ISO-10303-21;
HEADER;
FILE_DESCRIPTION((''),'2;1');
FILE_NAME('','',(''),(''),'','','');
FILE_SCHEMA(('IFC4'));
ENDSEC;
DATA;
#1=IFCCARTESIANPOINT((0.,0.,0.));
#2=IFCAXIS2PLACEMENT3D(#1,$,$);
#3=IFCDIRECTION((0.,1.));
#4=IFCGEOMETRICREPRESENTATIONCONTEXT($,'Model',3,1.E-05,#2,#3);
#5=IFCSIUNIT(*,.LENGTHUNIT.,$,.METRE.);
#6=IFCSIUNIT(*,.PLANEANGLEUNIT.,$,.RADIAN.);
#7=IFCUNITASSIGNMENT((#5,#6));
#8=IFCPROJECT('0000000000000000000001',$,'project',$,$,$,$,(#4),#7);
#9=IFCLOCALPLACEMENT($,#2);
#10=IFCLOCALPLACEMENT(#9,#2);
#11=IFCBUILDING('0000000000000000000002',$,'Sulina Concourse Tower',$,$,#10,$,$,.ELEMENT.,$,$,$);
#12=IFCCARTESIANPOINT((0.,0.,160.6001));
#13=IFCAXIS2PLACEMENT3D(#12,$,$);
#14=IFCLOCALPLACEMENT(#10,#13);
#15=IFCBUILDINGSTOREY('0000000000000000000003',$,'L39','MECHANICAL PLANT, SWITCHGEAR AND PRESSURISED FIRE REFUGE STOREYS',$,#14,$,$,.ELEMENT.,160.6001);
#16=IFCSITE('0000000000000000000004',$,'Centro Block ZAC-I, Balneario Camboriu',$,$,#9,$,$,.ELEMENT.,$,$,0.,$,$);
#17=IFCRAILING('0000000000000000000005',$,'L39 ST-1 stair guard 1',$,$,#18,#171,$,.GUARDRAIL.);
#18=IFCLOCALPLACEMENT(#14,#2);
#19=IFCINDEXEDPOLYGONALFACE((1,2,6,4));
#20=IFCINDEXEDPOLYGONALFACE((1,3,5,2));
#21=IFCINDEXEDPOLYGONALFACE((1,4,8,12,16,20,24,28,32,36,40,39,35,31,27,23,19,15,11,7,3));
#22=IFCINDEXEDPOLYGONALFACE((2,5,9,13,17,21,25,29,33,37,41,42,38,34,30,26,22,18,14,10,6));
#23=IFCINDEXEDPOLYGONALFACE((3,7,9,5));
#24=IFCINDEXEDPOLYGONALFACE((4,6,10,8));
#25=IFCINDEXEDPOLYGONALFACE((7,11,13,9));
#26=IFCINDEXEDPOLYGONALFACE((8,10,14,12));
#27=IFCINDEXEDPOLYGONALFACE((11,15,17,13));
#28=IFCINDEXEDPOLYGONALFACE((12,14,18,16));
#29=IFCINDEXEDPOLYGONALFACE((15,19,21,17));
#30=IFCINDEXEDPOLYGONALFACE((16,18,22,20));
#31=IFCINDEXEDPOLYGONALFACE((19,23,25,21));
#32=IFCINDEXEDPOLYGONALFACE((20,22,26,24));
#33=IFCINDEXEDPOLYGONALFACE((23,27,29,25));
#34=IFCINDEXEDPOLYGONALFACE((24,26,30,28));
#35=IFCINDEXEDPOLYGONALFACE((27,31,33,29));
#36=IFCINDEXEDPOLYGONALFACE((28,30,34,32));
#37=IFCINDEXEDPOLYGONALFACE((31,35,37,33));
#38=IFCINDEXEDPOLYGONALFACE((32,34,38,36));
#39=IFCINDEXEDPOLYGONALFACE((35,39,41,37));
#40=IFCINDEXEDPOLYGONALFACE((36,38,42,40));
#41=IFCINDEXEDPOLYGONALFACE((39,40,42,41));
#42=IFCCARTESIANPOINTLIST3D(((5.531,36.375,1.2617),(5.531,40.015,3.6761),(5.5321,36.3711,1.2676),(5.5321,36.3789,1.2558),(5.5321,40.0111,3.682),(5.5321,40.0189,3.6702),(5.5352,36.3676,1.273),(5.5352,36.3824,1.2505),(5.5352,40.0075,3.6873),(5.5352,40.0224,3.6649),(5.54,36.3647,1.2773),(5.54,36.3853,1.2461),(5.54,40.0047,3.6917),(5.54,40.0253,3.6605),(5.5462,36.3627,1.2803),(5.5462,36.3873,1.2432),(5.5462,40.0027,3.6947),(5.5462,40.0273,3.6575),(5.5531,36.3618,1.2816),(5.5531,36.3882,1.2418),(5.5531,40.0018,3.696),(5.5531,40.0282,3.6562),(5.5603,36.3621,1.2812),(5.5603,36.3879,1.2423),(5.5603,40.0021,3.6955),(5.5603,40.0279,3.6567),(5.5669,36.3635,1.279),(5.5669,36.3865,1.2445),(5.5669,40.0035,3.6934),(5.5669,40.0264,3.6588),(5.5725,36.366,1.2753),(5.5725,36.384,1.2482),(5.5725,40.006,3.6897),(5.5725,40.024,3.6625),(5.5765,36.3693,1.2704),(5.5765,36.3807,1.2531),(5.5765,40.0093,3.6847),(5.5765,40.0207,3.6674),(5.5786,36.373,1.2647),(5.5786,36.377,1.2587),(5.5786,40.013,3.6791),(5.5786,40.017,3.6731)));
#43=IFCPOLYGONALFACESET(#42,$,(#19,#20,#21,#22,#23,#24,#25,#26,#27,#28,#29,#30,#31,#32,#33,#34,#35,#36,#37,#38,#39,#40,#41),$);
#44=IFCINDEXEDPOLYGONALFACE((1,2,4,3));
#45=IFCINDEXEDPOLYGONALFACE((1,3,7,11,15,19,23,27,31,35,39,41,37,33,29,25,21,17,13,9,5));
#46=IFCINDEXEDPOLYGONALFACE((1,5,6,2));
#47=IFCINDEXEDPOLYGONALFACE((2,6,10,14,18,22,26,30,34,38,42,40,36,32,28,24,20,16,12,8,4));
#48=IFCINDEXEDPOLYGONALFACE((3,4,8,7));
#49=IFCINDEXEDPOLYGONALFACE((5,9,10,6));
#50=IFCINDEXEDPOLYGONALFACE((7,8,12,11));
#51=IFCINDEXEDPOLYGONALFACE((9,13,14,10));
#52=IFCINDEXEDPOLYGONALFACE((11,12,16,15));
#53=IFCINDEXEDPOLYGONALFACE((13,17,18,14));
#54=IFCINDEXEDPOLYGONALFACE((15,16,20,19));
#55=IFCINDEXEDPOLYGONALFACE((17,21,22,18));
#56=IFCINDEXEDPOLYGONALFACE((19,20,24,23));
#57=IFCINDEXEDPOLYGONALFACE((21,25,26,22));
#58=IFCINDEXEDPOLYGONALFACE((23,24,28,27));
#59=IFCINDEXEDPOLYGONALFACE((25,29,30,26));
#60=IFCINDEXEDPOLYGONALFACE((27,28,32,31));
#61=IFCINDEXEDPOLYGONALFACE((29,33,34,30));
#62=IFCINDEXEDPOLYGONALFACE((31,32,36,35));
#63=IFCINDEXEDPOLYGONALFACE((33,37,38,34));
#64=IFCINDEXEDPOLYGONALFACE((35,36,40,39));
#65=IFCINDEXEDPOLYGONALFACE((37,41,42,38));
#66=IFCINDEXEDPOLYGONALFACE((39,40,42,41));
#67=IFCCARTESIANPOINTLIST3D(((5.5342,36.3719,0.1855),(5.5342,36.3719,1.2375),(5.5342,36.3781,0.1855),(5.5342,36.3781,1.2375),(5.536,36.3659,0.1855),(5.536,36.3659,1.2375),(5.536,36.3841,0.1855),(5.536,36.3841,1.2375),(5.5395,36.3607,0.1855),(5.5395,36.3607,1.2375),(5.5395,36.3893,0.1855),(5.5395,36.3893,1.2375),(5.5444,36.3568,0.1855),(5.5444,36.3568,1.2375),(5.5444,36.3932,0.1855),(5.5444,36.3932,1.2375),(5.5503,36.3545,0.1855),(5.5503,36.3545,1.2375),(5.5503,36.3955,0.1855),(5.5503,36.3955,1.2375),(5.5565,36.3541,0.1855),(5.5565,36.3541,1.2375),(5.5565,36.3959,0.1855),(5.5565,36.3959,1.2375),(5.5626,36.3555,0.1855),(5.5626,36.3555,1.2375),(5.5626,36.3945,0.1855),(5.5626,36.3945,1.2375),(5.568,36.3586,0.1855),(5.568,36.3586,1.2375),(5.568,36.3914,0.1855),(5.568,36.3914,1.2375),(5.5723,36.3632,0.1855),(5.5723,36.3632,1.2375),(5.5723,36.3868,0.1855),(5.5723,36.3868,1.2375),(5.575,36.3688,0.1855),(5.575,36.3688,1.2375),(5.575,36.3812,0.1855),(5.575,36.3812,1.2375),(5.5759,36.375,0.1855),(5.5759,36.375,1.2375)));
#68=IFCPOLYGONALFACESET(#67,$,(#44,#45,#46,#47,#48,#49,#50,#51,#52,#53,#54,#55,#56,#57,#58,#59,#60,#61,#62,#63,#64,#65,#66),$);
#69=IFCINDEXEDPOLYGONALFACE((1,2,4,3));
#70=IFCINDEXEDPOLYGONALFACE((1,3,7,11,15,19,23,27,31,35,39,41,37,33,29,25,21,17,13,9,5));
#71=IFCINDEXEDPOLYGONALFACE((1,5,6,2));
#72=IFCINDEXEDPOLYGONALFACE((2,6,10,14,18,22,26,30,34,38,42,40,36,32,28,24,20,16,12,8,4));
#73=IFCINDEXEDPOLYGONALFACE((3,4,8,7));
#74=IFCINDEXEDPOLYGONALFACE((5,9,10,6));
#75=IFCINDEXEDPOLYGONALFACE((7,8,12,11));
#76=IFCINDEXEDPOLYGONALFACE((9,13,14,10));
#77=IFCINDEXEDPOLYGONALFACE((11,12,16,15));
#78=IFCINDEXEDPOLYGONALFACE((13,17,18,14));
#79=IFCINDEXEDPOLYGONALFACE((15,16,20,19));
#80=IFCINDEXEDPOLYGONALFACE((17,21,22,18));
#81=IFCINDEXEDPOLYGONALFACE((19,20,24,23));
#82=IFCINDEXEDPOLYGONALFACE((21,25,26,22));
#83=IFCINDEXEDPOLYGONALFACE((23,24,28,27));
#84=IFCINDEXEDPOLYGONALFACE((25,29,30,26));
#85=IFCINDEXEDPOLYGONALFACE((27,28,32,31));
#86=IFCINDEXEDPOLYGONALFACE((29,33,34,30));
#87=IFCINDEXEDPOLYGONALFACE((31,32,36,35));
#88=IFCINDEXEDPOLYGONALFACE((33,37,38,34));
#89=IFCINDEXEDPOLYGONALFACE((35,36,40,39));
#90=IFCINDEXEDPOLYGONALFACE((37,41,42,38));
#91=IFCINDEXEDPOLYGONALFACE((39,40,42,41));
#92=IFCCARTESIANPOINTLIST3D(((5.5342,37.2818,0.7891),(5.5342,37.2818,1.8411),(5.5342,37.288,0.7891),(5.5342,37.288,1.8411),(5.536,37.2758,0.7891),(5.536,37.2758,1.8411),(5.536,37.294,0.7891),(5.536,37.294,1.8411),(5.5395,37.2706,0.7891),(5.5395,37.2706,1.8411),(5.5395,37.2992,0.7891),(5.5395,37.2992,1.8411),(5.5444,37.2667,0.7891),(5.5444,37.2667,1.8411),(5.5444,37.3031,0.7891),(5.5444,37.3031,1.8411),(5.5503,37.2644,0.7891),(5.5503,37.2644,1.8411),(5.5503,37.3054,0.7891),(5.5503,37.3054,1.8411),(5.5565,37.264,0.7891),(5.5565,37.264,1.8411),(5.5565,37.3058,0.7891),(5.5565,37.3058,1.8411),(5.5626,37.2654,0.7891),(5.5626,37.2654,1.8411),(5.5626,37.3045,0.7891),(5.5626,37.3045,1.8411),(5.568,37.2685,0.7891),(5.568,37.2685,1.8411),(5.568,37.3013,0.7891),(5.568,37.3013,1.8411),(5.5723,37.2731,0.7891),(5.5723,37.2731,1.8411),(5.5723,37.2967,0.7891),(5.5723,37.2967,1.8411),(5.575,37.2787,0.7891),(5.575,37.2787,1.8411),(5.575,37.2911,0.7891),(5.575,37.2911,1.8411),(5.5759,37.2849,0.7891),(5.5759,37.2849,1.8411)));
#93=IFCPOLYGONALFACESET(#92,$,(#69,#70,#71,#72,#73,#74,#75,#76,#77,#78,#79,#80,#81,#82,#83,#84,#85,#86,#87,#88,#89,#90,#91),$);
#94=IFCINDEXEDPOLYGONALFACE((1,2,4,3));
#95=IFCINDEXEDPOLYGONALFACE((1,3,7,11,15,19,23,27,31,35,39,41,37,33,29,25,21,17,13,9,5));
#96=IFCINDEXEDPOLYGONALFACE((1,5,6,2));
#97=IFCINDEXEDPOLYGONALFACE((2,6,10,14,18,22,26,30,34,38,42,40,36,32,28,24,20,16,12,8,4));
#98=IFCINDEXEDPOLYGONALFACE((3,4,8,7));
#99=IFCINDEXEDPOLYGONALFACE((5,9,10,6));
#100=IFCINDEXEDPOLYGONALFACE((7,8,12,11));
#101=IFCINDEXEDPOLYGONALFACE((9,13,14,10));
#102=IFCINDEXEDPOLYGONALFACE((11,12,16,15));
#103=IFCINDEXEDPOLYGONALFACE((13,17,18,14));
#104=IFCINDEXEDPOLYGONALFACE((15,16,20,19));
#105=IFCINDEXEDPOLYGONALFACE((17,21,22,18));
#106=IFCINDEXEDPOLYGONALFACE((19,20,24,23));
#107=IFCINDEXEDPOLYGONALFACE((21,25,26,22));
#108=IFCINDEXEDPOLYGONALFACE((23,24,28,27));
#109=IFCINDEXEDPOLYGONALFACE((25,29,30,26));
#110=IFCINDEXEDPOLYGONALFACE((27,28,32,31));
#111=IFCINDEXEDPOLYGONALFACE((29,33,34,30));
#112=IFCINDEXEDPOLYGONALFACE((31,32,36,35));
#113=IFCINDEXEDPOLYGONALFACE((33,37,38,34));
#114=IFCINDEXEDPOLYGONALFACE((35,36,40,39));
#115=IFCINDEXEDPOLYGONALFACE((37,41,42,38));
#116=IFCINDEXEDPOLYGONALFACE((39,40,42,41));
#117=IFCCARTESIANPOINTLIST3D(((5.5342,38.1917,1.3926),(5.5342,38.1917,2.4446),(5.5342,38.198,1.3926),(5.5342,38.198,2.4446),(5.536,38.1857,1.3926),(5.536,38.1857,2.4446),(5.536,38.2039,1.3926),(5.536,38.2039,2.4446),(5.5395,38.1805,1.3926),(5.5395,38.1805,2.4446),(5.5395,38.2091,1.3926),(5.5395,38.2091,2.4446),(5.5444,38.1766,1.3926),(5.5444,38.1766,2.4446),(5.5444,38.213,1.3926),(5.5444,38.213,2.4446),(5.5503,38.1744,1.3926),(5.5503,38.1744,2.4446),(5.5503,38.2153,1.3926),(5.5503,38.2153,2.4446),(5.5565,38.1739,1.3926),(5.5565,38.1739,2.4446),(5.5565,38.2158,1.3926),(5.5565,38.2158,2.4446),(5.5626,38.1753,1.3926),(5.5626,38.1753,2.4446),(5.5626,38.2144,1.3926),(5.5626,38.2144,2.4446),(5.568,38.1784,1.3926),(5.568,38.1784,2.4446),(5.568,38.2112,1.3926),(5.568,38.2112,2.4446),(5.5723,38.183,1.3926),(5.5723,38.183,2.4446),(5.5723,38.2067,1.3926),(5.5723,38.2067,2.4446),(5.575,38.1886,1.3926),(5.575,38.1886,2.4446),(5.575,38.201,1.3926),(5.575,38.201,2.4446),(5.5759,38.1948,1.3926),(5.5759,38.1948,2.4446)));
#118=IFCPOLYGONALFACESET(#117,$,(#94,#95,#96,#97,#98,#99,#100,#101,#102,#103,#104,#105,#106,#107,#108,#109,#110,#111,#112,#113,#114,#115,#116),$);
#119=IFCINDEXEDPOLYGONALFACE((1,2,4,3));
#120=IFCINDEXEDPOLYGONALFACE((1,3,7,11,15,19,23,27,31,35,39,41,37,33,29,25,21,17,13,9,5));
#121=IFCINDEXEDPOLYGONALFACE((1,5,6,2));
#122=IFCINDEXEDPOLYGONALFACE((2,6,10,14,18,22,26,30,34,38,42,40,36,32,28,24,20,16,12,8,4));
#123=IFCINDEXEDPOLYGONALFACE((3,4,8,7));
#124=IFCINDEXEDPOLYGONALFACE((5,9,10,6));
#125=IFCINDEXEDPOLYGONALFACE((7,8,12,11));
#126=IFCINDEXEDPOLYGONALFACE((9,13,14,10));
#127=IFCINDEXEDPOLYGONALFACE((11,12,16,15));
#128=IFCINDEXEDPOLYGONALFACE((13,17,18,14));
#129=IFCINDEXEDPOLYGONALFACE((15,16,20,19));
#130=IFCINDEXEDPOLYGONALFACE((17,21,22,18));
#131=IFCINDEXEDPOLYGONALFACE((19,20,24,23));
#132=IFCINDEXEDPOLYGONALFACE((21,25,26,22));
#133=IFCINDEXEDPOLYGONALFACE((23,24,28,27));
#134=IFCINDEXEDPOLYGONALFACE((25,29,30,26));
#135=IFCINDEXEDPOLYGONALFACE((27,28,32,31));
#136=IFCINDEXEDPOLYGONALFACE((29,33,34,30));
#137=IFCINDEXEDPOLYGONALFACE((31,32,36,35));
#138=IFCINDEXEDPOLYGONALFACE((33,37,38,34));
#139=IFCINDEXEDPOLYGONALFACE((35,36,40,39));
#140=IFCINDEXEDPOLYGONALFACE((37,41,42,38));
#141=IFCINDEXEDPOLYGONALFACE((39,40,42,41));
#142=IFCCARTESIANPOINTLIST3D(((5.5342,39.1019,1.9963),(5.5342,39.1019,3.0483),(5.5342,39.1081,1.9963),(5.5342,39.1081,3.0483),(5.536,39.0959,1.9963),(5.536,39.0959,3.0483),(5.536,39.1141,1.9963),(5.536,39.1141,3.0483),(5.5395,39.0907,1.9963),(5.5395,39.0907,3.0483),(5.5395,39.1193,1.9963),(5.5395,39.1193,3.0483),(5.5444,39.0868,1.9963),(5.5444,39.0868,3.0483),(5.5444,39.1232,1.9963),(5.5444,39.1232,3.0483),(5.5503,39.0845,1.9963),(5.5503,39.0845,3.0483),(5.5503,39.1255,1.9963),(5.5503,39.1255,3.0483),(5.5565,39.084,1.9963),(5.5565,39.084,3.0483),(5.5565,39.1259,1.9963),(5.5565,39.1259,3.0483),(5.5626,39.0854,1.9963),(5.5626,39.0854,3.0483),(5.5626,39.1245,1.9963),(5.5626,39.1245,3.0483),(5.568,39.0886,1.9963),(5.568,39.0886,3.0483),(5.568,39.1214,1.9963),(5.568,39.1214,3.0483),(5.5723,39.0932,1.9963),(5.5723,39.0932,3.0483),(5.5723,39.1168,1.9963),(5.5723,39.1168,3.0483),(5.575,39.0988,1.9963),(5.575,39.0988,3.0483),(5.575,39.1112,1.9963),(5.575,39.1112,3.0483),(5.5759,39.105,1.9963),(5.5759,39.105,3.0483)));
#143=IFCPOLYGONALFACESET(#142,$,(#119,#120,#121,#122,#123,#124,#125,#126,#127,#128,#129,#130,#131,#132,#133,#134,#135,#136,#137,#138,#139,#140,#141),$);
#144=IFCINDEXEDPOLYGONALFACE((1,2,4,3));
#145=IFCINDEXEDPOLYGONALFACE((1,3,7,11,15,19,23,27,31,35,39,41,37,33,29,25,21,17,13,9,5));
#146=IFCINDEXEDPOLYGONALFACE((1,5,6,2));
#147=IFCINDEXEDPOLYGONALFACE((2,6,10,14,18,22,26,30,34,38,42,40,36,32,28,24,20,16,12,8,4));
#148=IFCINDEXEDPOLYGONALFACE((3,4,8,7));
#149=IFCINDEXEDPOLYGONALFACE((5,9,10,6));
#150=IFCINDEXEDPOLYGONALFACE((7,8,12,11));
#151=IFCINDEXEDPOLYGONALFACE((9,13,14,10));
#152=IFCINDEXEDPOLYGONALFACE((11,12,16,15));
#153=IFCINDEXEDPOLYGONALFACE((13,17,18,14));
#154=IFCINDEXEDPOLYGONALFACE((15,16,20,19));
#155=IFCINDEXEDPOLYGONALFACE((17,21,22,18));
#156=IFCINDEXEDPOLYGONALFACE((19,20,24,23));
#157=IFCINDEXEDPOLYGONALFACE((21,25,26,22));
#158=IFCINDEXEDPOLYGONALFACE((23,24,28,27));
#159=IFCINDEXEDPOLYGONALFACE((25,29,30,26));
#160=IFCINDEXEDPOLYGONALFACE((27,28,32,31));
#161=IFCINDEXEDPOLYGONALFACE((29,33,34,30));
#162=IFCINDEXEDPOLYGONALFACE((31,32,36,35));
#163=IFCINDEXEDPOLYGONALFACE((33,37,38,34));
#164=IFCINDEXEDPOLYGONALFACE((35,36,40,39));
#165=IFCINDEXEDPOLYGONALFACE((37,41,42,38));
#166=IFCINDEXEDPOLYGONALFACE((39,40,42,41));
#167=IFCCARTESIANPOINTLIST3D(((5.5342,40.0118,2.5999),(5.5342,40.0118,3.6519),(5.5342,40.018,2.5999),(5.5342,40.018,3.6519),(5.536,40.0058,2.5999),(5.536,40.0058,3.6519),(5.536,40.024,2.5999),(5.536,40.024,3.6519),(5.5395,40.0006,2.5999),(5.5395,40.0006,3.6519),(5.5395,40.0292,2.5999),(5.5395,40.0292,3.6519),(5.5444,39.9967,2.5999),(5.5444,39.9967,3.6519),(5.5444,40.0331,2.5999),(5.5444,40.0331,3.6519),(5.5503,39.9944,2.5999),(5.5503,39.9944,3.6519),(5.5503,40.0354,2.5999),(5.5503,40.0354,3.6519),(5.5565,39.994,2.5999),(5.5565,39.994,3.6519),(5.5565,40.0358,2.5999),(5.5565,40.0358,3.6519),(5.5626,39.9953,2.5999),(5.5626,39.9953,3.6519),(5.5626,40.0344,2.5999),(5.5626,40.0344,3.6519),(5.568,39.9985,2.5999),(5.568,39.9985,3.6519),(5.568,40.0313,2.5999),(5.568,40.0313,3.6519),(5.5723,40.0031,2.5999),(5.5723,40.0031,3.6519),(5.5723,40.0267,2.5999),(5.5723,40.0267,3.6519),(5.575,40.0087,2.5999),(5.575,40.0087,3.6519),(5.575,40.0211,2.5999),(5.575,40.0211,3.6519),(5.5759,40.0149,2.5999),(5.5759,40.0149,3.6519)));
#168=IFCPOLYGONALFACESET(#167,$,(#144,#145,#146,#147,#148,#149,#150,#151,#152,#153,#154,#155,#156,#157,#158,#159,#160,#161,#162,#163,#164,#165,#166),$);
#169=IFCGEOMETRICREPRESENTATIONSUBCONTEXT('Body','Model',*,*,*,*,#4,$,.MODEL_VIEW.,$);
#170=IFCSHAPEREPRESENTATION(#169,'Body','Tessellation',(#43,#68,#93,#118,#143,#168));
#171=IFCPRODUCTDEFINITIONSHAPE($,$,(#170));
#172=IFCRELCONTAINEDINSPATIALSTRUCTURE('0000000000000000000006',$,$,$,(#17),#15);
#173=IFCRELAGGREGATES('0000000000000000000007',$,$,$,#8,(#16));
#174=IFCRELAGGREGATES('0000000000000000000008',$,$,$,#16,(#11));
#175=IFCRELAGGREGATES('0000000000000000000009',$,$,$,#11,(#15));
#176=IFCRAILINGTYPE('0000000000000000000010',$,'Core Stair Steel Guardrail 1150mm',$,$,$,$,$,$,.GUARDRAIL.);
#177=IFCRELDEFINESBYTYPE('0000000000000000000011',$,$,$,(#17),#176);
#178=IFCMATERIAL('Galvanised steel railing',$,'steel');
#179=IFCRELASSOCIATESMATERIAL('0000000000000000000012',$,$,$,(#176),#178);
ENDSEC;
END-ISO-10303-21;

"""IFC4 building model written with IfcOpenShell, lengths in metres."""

from ifc_helpers import new_model, si_unit, direction, frame, origin, origin_2d, place, context, subcontext, project, spatial, circle, extrude, material, type_object, element, save


model = new_model("IFC4")

# Units and contexts
model_context = context("Model", 3, precision=1e-05, world=origin(), true_north=direction((0.0, 1.0)))
body_context = subcontext(model_context, "Body", "Model", "MODEL_VIEW")
ifc_project = project(units=[si_unit("LENGTHUNIT", "METRE"), si_unit("PLANEANGLEUNIT", "RADIAN")], contexts=[model_context])

# Site, building, storey
site_placement = place(None, origin())
site = spatial("IfcSite", under=ifc_project, at=site_placement, Name="Centro Block ZAC-I, Balneario Camboriu", CompositionType="ELEMENT", RefElevation=0.0)
building_placement = place(site_placement, origin())
building = spatial("IfcBuilding", under=site, at=building_placement, Name="Sulina Concourse Tower", CompositionType="ELEMENT")
storey_placement = place(building_placement, frame((0.0, 0.0, 160.6001)))
storey = spatial("IfcBuildingStorey", under=building, at=storey_placement, Name="L39", Description="MECHANICAL PLANT, SWITCHGEAR AND PRESSURISED FIRE REFUGE STOREYS", CompositionType="ELEMENT", Elevation=160.6001)

# Railing
ifc_material_1 = material(Name="Galvanised steel railing", Category="steel")
railing_type_1 = type_object("IfcRailingType", Name="Core Stair Steel Guardrail 1150mm", PredefinedType="GUARDRAIL", material=ifc_material_1)
railing_1_placement = place(storey_placement, frame((5.5549, 36.375, 0.1855)))
element("IfcRailing", 1, at=railing_1_placement, inside=storey, type_object=railing_type_1, Name="L39 ST-1 stair guard 1", PredefinedType="GUARDRAIL", context=body_context, shape_type="SweptSolid", body=[
    extrude(circle(Radius=0.0239, at=origin_2d()), frame((0.0, 0.0, 1.0762), z_axis=(0.0, 0.833347, 0.552751), x_axis=(-1.0, 0.0, 0.0)), (0.0, 0.0, 1.0), 4.3679),
    extrude(circle(Radius=0.021, at=origin_2d()), origin(), (0.0, 0.0, 1.0), 1.052),
    extrude(circle(Radius=0.021, at=origin_2d()), frame((0.0, 0.9099, 0.6035)), (0.0, 0.0, 1.0), 1.052),
    extrude(circle(Radius=0.021, at=origin_2d()), frame((0.0, 1.8198, 1.207)), (0.0, 0.0, 1.0), 1.052),
    extrude(circle(Radius=0.021, at=origin_2d()), frame((0.0, 2.73, 1.8108)), (0.0, 0.0, 1.0), 1.052),
    extrude(circle(Radius=0.021, at=origin_2d()), frame((0.0, 3.6399, 2.4143)), (0.0, 0.0, 1.0), 1.052),
])

save(model, "model.ifc")
